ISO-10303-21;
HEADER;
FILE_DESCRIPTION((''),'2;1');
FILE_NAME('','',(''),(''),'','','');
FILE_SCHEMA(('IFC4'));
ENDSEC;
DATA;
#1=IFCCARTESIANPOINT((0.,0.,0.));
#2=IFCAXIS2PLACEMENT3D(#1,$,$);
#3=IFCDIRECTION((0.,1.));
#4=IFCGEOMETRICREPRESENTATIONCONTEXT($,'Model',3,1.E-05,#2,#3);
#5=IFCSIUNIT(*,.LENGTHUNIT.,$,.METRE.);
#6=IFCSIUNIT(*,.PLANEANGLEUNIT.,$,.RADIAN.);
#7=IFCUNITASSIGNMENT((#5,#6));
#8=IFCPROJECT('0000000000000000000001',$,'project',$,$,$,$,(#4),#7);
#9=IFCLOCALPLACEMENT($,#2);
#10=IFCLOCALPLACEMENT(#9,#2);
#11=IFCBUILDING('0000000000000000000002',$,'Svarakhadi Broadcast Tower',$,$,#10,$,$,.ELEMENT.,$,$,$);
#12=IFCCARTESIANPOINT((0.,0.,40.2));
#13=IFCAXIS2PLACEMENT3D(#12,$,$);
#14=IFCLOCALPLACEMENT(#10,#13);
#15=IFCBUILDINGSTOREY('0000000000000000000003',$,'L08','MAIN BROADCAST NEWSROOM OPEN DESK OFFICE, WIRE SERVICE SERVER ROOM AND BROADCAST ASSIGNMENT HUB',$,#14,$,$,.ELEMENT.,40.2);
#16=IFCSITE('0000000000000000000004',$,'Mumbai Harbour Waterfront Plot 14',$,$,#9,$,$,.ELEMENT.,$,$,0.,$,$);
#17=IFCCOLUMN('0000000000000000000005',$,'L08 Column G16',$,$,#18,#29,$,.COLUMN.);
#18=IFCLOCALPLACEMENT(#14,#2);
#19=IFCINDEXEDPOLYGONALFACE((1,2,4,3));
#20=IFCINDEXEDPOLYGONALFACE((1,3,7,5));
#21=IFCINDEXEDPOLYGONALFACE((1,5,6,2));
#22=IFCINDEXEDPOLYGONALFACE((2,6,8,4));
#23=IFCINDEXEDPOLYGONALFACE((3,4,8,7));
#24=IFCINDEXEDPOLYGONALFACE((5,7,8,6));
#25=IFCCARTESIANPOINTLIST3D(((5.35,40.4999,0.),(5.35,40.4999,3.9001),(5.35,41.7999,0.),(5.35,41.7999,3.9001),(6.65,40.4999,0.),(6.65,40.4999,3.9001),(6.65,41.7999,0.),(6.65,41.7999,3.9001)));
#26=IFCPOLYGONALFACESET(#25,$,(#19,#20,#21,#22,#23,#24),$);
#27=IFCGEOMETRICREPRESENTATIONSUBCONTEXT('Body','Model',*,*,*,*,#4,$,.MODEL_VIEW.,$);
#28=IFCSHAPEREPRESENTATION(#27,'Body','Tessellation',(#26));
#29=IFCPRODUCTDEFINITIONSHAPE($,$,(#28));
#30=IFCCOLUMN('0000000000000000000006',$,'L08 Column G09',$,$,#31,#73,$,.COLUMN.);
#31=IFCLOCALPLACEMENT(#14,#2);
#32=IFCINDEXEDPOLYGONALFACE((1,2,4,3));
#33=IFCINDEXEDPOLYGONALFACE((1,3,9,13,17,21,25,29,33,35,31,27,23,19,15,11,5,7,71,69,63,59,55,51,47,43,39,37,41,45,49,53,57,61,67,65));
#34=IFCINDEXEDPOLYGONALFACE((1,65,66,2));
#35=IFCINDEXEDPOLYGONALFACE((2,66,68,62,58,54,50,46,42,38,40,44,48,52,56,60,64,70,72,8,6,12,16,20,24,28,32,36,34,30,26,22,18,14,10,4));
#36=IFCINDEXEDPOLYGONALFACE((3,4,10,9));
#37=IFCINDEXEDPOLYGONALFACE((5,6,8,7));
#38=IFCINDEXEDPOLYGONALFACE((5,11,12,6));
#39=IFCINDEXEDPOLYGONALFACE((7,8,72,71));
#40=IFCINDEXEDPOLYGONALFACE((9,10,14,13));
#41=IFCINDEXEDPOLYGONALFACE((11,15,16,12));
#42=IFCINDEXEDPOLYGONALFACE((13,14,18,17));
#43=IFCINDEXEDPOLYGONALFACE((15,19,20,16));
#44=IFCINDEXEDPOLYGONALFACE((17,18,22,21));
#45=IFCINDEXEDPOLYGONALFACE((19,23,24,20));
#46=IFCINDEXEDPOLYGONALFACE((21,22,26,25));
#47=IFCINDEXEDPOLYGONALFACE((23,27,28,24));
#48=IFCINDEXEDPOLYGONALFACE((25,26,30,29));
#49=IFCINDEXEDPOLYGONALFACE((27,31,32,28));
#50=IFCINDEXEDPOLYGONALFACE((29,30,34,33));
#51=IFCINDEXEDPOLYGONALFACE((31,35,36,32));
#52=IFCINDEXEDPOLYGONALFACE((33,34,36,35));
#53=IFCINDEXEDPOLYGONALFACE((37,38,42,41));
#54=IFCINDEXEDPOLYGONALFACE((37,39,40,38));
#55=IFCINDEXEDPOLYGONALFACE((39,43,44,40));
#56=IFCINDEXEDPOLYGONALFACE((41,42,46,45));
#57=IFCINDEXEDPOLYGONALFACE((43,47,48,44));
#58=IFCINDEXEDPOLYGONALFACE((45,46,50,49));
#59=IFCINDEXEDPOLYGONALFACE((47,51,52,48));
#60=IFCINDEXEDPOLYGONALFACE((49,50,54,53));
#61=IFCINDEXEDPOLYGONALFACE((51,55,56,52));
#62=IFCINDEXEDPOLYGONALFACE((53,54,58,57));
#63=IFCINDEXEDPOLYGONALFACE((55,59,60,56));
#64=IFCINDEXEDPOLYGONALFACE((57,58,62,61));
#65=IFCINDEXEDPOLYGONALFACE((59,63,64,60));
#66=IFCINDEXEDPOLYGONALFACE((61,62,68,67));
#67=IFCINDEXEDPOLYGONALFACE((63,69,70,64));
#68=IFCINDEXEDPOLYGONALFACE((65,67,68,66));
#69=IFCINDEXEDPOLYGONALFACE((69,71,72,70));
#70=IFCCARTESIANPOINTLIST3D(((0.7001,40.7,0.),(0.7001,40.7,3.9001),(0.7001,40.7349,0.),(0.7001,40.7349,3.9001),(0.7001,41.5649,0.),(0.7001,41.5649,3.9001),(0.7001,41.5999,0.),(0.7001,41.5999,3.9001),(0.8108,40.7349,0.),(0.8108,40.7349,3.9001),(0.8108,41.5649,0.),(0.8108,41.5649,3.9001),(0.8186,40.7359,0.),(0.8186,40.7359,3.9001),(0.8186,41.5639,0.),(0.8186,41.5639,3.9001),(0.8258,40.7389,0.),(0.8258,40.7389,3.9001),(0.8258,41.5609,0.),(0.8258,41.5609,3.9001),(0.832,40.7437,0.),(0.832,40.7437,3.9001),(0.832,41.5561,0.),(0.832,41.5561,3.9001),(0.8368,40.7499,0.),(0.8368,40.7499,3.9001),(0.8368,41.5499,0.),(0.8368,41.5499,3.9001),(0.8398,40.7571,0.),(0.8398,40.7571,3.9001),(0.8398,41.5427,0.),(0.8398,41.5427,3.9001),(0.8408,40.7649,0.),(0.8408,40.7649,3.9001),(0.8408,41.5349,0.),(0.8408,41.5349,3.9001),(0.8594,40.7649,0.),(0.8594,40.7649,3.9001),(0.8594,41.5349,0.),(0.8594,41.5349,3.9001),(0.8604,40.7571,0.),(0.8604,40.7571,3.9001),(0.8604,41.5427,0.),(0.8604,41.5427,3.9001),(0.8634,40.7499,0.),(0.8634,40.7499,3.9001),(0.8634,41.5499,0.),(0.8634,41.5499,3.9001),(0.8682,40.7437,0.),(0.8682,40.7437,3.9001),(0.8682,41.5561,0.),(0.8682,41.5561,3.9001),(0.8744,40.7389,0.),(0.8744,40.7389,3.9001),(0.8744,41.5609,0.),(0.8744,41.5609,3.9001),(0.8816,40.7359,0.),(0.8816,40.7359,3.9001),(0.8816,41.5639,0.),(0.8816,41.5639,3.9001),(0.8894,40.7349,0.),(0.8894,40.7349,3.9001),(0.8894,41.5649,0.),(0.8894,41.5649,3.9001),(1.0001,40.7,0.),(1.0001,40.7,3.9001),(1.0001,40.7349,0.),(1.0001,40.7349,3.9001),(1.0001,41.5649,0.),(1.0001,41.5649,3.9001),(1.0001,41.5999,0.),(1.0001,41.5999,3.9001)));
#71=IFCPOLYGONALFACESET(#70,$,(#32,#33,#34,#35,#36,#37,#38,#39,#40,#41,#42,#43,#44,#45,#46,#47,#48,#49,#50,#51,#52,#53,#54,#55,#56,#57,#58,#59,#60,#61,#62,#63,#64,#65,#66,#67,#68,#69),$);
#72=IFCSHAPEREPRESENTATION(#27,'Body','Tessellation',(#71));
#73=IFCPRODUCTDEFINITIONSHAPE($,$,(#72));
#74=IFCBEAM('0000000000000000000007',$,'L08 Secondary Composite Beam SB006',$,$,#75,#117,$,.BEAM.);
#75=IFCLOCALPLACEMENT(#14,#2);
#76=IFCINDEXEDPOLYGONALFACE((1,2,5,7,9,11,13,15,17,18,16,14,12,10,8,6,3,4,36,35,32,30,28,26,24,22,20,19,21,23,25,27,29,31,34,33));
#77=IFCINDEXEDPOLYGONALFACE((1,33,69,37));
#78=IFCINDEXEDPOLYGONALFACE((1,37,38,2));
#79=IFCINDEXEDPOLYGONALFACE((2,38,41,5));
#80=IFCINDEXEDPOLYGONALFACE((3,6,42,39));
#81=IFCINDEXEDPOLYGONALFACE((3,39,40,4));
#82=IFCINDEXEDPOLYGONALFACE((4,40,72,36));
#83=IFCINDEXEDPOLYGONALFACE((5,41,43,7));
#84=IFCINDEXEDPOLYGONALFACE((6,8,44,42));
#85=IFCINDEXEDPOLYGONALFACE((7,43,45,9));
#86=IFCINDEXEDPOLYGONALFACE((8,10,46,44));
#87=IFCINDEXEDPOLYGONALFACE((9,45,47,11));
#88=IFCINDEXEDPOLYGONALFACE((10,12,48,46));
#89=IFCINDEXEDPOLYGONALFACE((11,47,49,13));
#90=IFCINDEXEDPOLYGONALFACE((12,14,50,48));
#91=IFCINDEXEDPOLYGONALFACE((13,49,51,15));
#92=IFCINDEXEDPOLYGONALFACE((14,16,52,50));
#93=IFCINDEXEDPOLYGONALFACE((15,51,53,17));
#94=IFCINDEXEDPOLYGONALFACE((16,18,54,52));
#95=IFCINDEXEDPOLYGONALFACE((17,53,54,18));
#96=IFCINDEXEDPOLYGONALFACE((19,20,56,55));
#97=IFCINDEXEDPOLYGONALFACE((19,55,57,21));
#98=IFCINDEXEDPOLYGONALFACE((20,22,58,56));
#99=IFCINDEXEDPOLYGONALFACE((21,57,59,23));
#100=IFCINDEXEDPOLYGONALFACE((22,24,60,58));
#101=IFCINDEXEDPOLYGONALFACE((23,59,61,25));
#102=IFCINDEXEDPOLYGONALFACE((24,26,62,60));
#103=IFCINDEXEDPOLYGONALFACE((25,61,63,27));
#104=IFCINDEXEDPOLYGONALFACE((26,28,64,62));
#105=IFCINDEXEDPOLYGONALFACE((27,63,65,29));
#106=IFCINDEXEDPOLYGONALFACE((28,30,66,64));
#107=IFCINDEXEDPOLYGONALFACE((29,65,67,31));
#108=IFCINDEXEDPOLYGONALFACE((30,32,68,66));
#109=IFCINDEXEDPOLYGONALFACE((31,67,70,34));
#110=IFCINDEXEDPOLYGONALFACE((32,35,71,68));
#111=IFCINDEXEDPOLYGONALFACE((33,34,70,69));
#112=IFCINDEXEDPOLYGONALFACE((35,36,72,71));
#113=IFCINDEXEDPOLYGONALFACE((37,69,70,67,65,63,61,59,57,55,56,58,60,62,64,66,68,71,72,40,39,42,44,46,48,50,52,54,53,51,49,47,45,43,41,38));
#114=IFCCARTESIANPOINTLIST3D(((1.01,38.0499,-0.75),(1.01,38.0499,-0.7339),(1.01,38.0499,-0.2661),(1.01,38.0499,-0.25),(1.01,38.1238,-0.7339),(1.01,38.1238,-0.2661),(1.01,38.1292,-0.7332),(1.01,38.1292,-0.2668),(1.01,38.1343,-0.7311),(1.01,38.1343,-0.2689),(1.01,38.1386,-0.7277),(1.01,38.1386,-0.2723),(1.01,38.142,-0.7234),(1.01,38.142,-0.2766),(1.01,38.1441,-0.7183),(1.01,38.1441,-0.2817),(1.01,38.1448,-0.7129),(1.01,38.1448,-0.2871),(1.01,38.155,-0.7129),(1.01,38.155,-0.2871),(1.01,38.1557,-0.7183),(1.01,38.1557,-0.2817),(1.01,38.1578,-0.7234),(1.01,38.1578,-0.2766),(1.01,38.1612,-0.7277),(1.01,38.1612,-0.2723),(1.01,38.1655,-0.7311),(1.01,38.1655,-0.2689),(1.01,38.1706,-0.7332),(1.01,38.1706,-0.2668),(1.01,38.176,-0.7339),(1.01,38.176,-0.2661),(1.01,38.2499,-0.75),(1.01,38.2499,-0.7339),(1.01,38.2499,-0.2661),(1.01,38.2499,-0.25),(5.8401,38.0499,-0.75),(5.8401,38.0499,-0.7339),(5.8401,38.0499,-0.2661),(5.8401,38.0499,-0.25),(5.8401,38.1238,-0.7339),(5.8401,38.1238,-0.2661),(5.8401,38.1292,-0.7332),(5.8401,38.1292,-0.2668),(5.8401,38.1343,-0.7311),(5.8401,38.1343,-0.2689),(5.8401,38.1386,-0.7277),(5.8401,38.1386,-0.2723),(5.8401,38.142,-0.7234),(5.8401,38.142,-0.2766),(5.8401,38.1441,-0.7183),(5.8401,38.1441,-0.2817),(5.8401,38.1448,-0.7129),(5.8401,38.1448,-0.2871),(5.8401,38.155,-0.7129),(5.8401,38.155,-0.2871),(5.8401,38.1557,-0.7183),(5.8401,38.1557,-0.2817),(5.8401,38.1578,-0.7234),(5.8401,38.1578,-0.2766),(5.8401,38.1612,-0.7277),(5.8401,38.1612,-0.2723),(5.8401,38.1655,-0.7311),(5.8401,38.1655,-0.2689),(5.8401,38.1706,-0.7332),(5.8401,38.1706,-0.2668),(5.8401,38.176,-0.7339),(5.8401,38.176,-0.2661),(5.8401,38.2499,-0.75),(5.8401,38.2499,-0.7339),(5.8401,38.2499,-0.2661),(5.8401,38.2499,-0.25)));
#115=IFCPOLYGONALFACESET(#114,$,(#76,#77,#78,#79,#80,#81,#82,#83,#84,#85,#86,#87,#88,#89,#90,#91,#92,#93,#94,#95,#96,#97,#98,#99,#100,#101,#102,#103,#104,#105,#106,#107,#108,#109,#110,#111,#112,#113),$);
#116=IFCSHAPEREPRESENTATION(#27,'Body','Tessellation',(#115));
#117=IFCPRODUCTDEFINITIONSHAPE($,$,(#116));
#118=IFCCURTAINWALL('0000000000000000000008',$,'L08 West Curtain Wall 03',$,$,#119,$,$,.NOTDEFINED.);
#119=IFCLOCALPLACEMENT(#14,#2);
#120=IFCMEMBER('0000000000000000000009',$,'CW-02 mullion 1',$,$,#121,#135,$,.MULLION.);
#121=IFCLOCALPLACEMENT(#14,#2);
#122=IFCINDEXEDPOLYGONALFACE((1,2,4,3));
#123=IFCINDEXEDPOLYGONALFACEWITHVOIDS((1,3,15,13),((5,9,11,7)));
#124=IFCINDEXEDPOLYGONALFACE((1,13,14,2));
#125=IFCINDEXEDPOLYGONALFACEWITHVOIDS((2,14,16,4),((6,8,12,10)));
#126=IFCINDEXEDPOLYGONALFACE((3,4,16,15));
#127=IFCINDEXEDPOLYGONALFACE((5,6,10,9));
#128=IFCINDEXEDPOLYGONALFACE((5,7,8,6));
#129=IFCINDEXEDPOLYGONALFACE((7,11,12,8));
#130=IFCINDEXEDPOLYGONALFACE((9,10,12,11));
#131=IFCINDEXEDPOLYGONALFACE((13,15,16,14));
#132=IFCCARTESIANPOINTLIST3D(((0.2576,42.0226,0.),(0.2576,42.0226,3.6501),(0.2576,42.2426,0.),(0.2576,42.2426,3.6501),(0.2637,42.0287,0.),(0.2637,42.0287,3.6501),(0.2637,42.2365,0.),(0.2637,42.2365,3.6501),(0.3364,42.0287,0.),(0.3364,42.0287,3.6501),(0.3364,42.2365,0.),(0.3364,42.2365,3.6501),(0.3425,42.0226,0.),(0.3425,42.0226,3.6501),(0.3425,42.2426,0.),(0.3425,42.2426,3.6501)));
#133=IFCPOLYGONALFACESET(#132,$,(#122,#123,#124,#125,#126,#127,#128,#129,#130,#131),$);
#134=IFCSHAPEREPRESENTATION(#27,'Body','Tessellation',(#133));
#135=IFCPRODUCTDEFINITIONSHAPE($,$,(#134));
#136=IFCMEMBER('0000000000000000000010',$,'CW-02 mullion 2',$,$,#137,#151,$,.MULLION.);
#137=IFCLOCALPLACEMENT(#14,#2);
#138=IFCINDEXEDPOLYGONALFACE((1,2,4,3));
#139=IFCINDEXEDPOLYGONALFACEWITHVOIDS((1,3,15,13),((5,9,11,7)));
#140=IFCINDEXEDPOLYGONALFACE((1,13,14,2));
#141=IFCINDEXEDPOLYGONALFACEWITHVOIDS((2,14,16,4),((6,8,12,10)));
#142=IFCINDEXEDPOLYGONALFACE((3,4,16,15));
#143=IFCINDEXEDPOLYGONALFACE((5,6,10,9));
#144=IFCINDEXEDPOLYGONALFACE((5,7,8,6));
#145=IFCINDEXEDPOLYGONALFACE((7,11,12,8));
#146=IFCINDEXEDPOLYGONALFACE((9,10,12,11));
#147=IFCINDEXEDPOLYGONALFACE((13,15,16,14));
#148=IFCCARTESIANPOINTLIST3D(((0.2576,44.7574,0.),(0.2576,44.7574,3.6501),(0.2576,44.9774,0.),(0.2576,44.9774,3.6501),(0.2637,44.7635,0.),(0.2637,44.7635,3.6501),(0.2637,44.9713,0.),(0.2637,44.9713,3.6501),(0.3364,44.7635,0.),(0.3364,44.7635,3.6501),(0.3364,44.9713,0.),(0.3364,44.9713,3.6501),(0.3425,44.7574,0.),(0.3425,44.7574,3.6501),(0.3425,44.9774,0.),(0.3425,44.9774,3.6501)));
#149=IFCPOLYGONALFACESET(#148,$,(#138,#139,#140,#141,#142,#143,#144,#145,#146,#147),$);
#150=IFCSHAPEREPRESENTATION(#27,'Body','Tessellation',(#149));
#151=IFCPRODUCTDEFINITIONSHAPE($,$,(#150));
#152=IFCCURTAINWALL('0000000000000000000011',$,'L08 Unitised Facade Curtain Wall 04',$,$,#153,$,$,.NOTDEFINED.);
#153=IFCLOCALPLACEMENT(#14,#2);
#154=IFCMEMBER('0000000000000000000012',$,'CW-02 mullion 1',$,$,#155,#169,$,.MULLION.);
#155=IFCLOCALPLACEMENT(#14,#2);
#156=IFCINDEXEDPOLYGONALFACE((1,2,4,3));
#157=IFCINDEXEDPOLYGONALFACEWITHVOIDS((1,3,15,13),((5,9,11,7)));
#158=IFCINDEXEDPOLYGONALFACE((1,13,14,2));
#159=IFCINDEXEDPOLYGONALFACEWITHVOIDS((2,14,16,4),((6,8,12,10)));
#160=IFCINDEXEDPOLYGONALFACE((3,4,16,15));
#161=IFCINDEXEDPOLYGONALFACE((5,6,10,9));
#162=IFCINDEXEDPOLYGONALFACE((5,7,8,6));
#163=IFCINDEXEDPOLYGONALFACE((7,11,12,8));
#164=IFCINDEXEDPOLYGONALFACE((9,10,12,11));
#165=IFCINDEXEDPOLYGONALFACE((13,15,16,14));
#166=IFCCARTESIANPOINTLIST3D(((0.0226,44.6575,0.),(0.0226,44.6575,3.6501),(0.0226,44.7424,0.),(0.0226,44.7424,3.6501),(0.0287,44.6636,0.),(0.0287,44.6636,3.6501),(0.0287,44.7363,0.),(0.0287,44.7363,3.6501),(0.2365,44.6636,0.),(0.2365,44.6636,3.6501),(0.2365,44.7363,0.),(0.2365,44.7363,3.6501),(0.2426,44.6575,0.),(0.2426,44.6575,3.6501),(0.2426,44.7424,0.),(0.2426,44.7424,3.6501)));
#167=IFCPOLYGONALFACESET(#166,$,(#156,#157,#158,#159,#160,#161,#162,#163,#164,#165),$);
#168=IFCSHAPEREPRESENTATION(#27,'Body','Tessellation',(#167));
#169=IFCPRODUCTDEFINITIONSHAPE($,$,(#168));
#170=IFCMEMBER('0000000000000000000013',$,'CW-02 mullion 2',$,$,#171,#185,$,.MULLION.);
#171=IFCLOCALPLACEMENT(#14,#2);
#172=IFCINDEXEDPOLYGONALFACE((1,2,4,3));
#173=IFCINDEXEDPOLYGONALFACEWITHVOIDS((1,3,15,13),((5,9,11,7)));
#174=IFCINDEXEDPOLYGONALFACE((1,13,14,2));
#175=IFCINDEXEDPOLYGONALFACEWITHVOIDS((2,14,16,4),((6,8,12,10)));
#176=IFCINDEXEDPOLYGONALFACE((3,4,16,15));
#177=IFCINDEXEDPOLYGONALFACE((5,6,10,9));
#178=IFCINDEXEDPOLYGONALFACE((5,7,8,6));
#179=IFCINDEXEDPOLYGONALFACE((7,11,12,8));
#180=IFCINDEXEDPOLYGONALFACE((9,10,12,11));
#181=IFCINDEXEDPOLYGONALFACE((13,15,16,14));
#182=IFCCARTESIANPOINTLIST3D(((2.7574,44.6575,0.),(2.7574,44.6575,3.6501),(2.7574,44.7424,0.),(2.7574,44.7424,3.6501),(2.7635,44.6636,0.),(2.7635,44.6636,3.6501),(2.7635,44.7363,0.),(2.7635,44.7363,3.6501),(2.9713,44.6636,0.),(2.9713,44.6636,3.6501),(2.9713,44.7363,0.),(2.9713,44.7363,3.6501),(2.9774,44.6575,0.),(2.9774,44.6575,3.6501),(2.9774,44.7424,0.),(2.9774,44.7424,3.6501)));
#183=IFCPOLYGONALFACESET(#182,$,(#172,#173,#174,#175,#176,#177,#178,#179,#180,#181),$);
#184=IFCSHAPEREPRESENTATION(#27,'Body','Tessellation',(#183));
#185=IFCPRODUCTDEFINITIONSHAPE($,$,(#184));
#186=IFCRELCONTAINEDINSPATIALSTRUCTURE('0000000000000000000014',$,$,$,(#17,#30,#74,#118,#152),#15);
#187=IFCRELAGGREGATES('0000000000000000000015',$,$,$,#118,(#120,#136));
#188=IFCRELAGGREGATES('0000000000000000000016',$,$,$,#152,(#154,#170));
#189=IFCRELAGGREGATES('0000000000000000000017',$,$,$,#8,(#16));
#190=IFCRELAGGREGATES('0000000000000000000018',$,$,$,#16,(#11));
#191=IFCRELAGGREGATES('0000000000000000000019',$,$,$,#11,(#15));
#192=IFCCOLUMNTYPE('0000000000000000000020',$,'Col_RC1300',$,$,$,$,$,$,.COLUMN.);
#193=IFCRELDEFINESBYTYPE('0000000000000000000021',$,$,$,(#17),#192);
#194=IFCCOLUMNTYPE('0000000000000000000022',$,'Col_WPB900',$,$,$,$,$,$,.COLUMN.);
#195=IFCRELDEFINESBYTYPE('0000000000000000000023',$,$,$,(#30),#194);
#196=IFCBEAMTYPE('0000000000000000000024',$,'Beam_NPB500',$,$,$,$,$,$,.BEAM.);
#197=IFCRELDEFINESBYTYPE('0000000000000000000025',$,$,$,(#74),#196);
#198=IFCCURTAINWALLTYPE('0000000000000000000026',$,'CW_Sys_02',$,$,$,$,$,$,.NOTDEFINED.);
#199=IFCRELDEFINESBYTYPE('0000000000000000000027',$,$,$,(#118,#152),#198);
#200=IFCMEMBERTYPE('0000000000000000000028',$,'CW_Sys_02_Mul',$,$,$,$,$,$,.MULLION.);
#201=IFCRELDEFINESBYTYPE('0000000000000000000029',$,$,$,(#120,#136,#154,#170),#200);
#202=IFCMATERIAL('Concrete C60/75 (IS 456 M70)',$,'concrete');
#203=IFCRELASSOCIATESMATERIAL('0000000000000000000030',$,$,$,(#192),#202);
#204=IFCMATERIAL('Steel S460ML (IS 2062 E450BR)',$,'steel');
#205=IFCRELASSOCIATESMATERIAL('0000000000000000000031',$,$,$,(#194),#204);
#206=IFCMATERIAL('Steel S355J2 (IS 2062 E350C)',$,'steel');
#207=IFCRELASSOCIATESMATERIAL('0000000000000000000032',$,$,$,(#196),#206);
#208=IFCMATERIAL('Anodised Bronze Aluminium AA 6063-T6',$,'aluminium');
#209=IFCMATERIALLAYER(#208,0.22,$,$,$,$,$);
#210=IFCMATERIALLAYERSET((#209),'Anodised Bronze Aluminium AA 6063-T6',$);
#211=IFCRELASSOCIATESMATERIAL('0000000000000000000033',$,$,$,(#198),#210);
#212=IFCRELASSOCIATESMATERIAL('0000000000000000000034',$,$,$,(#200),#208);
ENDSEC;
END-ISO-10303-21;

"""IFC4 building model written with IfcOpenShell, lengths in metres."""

from ifc_helpers import new_model, si_unit, direction, frame, origin, origin_2d, place, context, subcontext, project, spatial, rectangle, hollow_rectangle, i_section, extrude, material, layer, layer_set, material_profile, profile_set, type_object, element, aggregate, save


model = new_model("IFC4")

# Units and contexts
model_context = context("Model", 3, precision=1e-05, world=origin(), true_north=direction((0.0, 1.0)))
body_context = subcontext(model_context, "Body", "Model", "MODEL_VIEW")
ifc_project = project(units=[si_unit("LENGTHUNIT", "METRE"), si_unit("PLANEANGLEUNIT", "RADIAN")], contexts=[model_context])

# Site, building, storey
site_placement = place(None, origin())
site = spatial("IfcSite", under=ifc_project, at=site_placement, Name="Mumbai Harbour Waterfront Plot 14", CompositionType="ELEMENT", RefElevation=0.0)
building_placement = place(site_placement, origin())
building = spatial("IfcBuilding", under=site, at=building_placement, Name="Svarakhadi Broadcast Tower", CompositionType="ELEMENT")
storey_placement = place(building_placement, frame((0.0, 0.0, 40.2)))
storey = spatial("IfcBuildingStorey", under=building, at=storey_placement, Name="L08", Description="MAIN BROADCAST NEWSROOM OPEN DESK OFFICE, WIRE SERVICE SERVER ROOM AND BROADCAST ASSIGNMENT HUB", CompositionType="ELEMENT", Elevation=40.2)

# Columns
ifc_material_1 = material(Name="Concrete C60/75 (IS 456 M70)", Category="concrete")
ifc_material_profile_1 = material_profile(ifc_material_1, rectangle(XDim=1.3, YDim=1.3, at=origin_2d()), Name="RC 1300x1300")
ifc_profile_set_1 = profile_set([ifc_material_profile_1], Name="Concrete C60/75 (IS 456 M70)")
column_type_1 = type_object("IfcColumnType", Name="Col_RC1300", PredefinedType="COLUMN", material=ifc_profile_set_1)
column_1_placement = place(storey_placement, frame((6.0, 41.1499, 0.0), z_axis=(0.0, 0.0, 1.0), x_axis=(1.0, 0.0, 0.0)))
element("IfcColumn", 1, at=column_1_placement, inside=storey, type_object=column_type_1, Name="L08 Column G16", PredefinedType="COLUMN", context=body_context, shape_type="SweptSolid", body=[
    extrude(rectangle(XDim=1.3, YDim=1.3, at=origin_2d()), origin(), (0.0, 0.0, 1.0), 3.9001),
])
ifc_material_2 = material(Name="Steel S460ML (IS 2062 E450BR)", Category="steel")
ifc_material_profile_2 = material_profile(ifc_material_2, i_section(OverallWidth=0.3, OverallDepth=0.8999, WebThickness=0.0186, FlangeThickness=0.0349, FilletRadius=0.03, at=origin_2d()), Name="WPB 900x300x291")
ifc_profile_set_2 = profile_set([ifc_material_profile_2], Name="Steel S460ML (IS 2062 E450BR)")
column_type_2 = type_object("IfcColumnType", Name="Col_WPB900", PredefinedType="COLUMN", material=ifc_profile_set_2)
column_2_placement = place(storey_placement, frame((0.8501, 41.1499, 0.0), z_axis=(0.0, 0.0, 1.0), x_axis=(1.0, 0.0, 0.0)))
element("IfcColumn", 2, at=column_2_placement, inside=storey, type_object=column_type_2, Name="L08 Column G09", PredefinedType="COLUMN", context=body_context, shape_type="SweptSolid", body=[
    extrude(i_section(OverallWidth=0.3, OverallDepth=0.8999, WebThickness=0.0186, FlangeThickness=0.0349, FilletRadius=0.03, at=origin_2d()), origin(), (0.0, 0.0, 1.0), 3.9001),
])

# Beam
ifc_material_3 = material(Name="Steel S355J2 (IS 2062 E350C)", Category="steel")
ifc_material_profile_3 = material_profile(ifc_material_3, i_section(OverallWidth=0.2, OverallDepth=0.5, WebThickness=0.0103, FlangeThickness=0.0161, FilletRadius=0.021, at=origin_2d()), Name="NPB 500x200x91")
ifc_profile_set_3 = profile_set([ifc_material_profile_3], Name="Steel S355J2 (IS 2062 E350C)")
beam_type_1 = type_object("IfcBeamType", Name="Beam_NPB500", PredefinedType="BEAM", material=ifc_profile_set_3)
beam_1_placement = place(storey_placement, frame((1.01, 38.1499, -0.5), z_axis=(1.0, 0.0, 0.0), x_axis=(0.0, 1.0, 0.0)))
element("IfcBeam", 3, at=beam_1_placement, inside=storey, type_object=beam_type_1, Name="L08 Secondary Composite Beam SB006", PredefinedType="BEAM", context=body_context, shape_type="SweptSolid", body=[
    extrude(i_section(OverallWidth=0.2, OverallDepth=0.5, WebThickness=0.0103, FlangeThickness=0.0161, FilletRadius=0.021, at=origin_2d()), origin(), (0.0, 0.0, 1.0), 4.8301),
])

# Curtain walls, members
ifc_material_4 = material(Name="Anodised Bronze Aluminium AA 6063-T6", Category="aluminium")
ifc_layer_1 = layer(ifc_material_4, 0.22)
ifc_layer_set_1 = layer_set([ifc_layer_1], Name="Anodised Bronze Aluminium AA 6063-T6")
curtain_wall_type = type_object("IfcCurtainWallType", Name="CW_Sys_02", PredefinedType="NOTDEFINED", material=ifc_layer_set_1)
curtain_wall_1_placement = place(storey_placement, origin())
curtain_wall_1 = element("IfcCurtainWall", 4, at=curtain_wall_1_placement, inside=storey, type_object=curtain_wall_type, Name="L08 West Curtain Wall 03", PredefinedType="NOTDEFINED")
ifc_material_profile_4 = material_profile(ifc_material_4, hollow_rectangle(XDim=0.085, YDim=0.22, WallThickness=0.0061, at=origin_2d()), Name="ALU MULLION 220x85x6")
ifc_profile_set_4 = profile_set([ifc_material_profile_4], Name="Anodised Bronze Aluminium AA 6063-T6")
member_type_1 = type_object("IfcMemberType", Name="CW_Sys_02_Mul", PredefinedType="MULLION", material=ifc_profile_set_4)
member_1_placement = place(storey_placement, frame((0.3, 42.1326, 0.0), z_axis=(0.0, 0.0, 1.0), x_axis=(-1.0, 0.0, 0.0)))
member_1 = element("IfcMember", 5, at=member_1_placement, type_object=member_type_1, Name="CW-02 mullion 1", PredefinedType="MULLION", context=body_context, shape_type="SweptSolid", body=[
    extrude(hollow_rectangle(XDim=0.085, YDim=0.22, WallThickness=0.0061, at=origin_2d()), origin(), (0.0, 0.0, 1.0), 3.6501),
])
member_2_placement = place(storey_placement, frame((0.3, 44.8674, 0.0), z_axis=(0.0, 0.0, 1.0), x_axis=(-1.0, 0.0, 0.0)))
member_2 = element("IfcMember", 6, at=member_2_placement, type_object=member_type_1, Name="CW-02 mullion 2", PredefinedType="MULLION", context=body_context, shape_type="SweptSolid", body=[
    extrude(hollow_rectangle(XDim=0.085, YDim=0.22, WallThickness=0.0061, at=origin_2d()), origin(), (0.0, 0.0, 1.0), 3.6501),
])
curtain_wall_2_placement = place(storey_placement, origin())
curtain_wall_2 = element("IfcCurtainWall", 7, at=curtain_wall_2_placement, inside=storey, type_object=curtain_wall_type, Name="L08 Unitised Facade Curtain Wall 04", PredefinedType="NOTDEFINED")
member_3_placement = place(storey_placement, frame((0.1326, 44.7, 0.0), z_axis=(0.0, 0.0, 1.0), x_axis=(0.0, 1.0, 0.0)))
member_3 = element("IfcMember", 8, at=member_3_placement, type_object=member_type_1, Name="CW-02 mullion 1", PredefinedType="MULLION", context=body_context, shape_type="SweptSolid", body=[
    extrude(hollow_rectangle(XDim=0.085, YDim=0.22, WallThickness=0.0061, at=origin_2d()), origin(), (0.0, 0.0, 1.0), 3.6501),
])
member_4_placement = place(storey_placement, frame((2.8674, 44.7, 0.0), z_axis=(0.0, 0.0, 1.0), x_axis=(0.0, 1.0, 0.0)))
member_4 = element("IfcMember", 9, at=member_4_placement, type_object=member_type_1, Name="CW-02 mullion 2", PredefinedType="MULLION", context=body_context, shape_type="SweptSolid", body=[
    extrude(hollow_rectangle(XDim=0.085, YDim=0.22, WallThickness=0.0061, at=origin_2d()), origin(), (0.0, 0.0, 1.0), 3.6501),
])

aggregate(curtain_wall_1, [member_1, member_2])
aggregate(curtain_wall_2, [member_3, member_4])

save(model, "model.ifc")
